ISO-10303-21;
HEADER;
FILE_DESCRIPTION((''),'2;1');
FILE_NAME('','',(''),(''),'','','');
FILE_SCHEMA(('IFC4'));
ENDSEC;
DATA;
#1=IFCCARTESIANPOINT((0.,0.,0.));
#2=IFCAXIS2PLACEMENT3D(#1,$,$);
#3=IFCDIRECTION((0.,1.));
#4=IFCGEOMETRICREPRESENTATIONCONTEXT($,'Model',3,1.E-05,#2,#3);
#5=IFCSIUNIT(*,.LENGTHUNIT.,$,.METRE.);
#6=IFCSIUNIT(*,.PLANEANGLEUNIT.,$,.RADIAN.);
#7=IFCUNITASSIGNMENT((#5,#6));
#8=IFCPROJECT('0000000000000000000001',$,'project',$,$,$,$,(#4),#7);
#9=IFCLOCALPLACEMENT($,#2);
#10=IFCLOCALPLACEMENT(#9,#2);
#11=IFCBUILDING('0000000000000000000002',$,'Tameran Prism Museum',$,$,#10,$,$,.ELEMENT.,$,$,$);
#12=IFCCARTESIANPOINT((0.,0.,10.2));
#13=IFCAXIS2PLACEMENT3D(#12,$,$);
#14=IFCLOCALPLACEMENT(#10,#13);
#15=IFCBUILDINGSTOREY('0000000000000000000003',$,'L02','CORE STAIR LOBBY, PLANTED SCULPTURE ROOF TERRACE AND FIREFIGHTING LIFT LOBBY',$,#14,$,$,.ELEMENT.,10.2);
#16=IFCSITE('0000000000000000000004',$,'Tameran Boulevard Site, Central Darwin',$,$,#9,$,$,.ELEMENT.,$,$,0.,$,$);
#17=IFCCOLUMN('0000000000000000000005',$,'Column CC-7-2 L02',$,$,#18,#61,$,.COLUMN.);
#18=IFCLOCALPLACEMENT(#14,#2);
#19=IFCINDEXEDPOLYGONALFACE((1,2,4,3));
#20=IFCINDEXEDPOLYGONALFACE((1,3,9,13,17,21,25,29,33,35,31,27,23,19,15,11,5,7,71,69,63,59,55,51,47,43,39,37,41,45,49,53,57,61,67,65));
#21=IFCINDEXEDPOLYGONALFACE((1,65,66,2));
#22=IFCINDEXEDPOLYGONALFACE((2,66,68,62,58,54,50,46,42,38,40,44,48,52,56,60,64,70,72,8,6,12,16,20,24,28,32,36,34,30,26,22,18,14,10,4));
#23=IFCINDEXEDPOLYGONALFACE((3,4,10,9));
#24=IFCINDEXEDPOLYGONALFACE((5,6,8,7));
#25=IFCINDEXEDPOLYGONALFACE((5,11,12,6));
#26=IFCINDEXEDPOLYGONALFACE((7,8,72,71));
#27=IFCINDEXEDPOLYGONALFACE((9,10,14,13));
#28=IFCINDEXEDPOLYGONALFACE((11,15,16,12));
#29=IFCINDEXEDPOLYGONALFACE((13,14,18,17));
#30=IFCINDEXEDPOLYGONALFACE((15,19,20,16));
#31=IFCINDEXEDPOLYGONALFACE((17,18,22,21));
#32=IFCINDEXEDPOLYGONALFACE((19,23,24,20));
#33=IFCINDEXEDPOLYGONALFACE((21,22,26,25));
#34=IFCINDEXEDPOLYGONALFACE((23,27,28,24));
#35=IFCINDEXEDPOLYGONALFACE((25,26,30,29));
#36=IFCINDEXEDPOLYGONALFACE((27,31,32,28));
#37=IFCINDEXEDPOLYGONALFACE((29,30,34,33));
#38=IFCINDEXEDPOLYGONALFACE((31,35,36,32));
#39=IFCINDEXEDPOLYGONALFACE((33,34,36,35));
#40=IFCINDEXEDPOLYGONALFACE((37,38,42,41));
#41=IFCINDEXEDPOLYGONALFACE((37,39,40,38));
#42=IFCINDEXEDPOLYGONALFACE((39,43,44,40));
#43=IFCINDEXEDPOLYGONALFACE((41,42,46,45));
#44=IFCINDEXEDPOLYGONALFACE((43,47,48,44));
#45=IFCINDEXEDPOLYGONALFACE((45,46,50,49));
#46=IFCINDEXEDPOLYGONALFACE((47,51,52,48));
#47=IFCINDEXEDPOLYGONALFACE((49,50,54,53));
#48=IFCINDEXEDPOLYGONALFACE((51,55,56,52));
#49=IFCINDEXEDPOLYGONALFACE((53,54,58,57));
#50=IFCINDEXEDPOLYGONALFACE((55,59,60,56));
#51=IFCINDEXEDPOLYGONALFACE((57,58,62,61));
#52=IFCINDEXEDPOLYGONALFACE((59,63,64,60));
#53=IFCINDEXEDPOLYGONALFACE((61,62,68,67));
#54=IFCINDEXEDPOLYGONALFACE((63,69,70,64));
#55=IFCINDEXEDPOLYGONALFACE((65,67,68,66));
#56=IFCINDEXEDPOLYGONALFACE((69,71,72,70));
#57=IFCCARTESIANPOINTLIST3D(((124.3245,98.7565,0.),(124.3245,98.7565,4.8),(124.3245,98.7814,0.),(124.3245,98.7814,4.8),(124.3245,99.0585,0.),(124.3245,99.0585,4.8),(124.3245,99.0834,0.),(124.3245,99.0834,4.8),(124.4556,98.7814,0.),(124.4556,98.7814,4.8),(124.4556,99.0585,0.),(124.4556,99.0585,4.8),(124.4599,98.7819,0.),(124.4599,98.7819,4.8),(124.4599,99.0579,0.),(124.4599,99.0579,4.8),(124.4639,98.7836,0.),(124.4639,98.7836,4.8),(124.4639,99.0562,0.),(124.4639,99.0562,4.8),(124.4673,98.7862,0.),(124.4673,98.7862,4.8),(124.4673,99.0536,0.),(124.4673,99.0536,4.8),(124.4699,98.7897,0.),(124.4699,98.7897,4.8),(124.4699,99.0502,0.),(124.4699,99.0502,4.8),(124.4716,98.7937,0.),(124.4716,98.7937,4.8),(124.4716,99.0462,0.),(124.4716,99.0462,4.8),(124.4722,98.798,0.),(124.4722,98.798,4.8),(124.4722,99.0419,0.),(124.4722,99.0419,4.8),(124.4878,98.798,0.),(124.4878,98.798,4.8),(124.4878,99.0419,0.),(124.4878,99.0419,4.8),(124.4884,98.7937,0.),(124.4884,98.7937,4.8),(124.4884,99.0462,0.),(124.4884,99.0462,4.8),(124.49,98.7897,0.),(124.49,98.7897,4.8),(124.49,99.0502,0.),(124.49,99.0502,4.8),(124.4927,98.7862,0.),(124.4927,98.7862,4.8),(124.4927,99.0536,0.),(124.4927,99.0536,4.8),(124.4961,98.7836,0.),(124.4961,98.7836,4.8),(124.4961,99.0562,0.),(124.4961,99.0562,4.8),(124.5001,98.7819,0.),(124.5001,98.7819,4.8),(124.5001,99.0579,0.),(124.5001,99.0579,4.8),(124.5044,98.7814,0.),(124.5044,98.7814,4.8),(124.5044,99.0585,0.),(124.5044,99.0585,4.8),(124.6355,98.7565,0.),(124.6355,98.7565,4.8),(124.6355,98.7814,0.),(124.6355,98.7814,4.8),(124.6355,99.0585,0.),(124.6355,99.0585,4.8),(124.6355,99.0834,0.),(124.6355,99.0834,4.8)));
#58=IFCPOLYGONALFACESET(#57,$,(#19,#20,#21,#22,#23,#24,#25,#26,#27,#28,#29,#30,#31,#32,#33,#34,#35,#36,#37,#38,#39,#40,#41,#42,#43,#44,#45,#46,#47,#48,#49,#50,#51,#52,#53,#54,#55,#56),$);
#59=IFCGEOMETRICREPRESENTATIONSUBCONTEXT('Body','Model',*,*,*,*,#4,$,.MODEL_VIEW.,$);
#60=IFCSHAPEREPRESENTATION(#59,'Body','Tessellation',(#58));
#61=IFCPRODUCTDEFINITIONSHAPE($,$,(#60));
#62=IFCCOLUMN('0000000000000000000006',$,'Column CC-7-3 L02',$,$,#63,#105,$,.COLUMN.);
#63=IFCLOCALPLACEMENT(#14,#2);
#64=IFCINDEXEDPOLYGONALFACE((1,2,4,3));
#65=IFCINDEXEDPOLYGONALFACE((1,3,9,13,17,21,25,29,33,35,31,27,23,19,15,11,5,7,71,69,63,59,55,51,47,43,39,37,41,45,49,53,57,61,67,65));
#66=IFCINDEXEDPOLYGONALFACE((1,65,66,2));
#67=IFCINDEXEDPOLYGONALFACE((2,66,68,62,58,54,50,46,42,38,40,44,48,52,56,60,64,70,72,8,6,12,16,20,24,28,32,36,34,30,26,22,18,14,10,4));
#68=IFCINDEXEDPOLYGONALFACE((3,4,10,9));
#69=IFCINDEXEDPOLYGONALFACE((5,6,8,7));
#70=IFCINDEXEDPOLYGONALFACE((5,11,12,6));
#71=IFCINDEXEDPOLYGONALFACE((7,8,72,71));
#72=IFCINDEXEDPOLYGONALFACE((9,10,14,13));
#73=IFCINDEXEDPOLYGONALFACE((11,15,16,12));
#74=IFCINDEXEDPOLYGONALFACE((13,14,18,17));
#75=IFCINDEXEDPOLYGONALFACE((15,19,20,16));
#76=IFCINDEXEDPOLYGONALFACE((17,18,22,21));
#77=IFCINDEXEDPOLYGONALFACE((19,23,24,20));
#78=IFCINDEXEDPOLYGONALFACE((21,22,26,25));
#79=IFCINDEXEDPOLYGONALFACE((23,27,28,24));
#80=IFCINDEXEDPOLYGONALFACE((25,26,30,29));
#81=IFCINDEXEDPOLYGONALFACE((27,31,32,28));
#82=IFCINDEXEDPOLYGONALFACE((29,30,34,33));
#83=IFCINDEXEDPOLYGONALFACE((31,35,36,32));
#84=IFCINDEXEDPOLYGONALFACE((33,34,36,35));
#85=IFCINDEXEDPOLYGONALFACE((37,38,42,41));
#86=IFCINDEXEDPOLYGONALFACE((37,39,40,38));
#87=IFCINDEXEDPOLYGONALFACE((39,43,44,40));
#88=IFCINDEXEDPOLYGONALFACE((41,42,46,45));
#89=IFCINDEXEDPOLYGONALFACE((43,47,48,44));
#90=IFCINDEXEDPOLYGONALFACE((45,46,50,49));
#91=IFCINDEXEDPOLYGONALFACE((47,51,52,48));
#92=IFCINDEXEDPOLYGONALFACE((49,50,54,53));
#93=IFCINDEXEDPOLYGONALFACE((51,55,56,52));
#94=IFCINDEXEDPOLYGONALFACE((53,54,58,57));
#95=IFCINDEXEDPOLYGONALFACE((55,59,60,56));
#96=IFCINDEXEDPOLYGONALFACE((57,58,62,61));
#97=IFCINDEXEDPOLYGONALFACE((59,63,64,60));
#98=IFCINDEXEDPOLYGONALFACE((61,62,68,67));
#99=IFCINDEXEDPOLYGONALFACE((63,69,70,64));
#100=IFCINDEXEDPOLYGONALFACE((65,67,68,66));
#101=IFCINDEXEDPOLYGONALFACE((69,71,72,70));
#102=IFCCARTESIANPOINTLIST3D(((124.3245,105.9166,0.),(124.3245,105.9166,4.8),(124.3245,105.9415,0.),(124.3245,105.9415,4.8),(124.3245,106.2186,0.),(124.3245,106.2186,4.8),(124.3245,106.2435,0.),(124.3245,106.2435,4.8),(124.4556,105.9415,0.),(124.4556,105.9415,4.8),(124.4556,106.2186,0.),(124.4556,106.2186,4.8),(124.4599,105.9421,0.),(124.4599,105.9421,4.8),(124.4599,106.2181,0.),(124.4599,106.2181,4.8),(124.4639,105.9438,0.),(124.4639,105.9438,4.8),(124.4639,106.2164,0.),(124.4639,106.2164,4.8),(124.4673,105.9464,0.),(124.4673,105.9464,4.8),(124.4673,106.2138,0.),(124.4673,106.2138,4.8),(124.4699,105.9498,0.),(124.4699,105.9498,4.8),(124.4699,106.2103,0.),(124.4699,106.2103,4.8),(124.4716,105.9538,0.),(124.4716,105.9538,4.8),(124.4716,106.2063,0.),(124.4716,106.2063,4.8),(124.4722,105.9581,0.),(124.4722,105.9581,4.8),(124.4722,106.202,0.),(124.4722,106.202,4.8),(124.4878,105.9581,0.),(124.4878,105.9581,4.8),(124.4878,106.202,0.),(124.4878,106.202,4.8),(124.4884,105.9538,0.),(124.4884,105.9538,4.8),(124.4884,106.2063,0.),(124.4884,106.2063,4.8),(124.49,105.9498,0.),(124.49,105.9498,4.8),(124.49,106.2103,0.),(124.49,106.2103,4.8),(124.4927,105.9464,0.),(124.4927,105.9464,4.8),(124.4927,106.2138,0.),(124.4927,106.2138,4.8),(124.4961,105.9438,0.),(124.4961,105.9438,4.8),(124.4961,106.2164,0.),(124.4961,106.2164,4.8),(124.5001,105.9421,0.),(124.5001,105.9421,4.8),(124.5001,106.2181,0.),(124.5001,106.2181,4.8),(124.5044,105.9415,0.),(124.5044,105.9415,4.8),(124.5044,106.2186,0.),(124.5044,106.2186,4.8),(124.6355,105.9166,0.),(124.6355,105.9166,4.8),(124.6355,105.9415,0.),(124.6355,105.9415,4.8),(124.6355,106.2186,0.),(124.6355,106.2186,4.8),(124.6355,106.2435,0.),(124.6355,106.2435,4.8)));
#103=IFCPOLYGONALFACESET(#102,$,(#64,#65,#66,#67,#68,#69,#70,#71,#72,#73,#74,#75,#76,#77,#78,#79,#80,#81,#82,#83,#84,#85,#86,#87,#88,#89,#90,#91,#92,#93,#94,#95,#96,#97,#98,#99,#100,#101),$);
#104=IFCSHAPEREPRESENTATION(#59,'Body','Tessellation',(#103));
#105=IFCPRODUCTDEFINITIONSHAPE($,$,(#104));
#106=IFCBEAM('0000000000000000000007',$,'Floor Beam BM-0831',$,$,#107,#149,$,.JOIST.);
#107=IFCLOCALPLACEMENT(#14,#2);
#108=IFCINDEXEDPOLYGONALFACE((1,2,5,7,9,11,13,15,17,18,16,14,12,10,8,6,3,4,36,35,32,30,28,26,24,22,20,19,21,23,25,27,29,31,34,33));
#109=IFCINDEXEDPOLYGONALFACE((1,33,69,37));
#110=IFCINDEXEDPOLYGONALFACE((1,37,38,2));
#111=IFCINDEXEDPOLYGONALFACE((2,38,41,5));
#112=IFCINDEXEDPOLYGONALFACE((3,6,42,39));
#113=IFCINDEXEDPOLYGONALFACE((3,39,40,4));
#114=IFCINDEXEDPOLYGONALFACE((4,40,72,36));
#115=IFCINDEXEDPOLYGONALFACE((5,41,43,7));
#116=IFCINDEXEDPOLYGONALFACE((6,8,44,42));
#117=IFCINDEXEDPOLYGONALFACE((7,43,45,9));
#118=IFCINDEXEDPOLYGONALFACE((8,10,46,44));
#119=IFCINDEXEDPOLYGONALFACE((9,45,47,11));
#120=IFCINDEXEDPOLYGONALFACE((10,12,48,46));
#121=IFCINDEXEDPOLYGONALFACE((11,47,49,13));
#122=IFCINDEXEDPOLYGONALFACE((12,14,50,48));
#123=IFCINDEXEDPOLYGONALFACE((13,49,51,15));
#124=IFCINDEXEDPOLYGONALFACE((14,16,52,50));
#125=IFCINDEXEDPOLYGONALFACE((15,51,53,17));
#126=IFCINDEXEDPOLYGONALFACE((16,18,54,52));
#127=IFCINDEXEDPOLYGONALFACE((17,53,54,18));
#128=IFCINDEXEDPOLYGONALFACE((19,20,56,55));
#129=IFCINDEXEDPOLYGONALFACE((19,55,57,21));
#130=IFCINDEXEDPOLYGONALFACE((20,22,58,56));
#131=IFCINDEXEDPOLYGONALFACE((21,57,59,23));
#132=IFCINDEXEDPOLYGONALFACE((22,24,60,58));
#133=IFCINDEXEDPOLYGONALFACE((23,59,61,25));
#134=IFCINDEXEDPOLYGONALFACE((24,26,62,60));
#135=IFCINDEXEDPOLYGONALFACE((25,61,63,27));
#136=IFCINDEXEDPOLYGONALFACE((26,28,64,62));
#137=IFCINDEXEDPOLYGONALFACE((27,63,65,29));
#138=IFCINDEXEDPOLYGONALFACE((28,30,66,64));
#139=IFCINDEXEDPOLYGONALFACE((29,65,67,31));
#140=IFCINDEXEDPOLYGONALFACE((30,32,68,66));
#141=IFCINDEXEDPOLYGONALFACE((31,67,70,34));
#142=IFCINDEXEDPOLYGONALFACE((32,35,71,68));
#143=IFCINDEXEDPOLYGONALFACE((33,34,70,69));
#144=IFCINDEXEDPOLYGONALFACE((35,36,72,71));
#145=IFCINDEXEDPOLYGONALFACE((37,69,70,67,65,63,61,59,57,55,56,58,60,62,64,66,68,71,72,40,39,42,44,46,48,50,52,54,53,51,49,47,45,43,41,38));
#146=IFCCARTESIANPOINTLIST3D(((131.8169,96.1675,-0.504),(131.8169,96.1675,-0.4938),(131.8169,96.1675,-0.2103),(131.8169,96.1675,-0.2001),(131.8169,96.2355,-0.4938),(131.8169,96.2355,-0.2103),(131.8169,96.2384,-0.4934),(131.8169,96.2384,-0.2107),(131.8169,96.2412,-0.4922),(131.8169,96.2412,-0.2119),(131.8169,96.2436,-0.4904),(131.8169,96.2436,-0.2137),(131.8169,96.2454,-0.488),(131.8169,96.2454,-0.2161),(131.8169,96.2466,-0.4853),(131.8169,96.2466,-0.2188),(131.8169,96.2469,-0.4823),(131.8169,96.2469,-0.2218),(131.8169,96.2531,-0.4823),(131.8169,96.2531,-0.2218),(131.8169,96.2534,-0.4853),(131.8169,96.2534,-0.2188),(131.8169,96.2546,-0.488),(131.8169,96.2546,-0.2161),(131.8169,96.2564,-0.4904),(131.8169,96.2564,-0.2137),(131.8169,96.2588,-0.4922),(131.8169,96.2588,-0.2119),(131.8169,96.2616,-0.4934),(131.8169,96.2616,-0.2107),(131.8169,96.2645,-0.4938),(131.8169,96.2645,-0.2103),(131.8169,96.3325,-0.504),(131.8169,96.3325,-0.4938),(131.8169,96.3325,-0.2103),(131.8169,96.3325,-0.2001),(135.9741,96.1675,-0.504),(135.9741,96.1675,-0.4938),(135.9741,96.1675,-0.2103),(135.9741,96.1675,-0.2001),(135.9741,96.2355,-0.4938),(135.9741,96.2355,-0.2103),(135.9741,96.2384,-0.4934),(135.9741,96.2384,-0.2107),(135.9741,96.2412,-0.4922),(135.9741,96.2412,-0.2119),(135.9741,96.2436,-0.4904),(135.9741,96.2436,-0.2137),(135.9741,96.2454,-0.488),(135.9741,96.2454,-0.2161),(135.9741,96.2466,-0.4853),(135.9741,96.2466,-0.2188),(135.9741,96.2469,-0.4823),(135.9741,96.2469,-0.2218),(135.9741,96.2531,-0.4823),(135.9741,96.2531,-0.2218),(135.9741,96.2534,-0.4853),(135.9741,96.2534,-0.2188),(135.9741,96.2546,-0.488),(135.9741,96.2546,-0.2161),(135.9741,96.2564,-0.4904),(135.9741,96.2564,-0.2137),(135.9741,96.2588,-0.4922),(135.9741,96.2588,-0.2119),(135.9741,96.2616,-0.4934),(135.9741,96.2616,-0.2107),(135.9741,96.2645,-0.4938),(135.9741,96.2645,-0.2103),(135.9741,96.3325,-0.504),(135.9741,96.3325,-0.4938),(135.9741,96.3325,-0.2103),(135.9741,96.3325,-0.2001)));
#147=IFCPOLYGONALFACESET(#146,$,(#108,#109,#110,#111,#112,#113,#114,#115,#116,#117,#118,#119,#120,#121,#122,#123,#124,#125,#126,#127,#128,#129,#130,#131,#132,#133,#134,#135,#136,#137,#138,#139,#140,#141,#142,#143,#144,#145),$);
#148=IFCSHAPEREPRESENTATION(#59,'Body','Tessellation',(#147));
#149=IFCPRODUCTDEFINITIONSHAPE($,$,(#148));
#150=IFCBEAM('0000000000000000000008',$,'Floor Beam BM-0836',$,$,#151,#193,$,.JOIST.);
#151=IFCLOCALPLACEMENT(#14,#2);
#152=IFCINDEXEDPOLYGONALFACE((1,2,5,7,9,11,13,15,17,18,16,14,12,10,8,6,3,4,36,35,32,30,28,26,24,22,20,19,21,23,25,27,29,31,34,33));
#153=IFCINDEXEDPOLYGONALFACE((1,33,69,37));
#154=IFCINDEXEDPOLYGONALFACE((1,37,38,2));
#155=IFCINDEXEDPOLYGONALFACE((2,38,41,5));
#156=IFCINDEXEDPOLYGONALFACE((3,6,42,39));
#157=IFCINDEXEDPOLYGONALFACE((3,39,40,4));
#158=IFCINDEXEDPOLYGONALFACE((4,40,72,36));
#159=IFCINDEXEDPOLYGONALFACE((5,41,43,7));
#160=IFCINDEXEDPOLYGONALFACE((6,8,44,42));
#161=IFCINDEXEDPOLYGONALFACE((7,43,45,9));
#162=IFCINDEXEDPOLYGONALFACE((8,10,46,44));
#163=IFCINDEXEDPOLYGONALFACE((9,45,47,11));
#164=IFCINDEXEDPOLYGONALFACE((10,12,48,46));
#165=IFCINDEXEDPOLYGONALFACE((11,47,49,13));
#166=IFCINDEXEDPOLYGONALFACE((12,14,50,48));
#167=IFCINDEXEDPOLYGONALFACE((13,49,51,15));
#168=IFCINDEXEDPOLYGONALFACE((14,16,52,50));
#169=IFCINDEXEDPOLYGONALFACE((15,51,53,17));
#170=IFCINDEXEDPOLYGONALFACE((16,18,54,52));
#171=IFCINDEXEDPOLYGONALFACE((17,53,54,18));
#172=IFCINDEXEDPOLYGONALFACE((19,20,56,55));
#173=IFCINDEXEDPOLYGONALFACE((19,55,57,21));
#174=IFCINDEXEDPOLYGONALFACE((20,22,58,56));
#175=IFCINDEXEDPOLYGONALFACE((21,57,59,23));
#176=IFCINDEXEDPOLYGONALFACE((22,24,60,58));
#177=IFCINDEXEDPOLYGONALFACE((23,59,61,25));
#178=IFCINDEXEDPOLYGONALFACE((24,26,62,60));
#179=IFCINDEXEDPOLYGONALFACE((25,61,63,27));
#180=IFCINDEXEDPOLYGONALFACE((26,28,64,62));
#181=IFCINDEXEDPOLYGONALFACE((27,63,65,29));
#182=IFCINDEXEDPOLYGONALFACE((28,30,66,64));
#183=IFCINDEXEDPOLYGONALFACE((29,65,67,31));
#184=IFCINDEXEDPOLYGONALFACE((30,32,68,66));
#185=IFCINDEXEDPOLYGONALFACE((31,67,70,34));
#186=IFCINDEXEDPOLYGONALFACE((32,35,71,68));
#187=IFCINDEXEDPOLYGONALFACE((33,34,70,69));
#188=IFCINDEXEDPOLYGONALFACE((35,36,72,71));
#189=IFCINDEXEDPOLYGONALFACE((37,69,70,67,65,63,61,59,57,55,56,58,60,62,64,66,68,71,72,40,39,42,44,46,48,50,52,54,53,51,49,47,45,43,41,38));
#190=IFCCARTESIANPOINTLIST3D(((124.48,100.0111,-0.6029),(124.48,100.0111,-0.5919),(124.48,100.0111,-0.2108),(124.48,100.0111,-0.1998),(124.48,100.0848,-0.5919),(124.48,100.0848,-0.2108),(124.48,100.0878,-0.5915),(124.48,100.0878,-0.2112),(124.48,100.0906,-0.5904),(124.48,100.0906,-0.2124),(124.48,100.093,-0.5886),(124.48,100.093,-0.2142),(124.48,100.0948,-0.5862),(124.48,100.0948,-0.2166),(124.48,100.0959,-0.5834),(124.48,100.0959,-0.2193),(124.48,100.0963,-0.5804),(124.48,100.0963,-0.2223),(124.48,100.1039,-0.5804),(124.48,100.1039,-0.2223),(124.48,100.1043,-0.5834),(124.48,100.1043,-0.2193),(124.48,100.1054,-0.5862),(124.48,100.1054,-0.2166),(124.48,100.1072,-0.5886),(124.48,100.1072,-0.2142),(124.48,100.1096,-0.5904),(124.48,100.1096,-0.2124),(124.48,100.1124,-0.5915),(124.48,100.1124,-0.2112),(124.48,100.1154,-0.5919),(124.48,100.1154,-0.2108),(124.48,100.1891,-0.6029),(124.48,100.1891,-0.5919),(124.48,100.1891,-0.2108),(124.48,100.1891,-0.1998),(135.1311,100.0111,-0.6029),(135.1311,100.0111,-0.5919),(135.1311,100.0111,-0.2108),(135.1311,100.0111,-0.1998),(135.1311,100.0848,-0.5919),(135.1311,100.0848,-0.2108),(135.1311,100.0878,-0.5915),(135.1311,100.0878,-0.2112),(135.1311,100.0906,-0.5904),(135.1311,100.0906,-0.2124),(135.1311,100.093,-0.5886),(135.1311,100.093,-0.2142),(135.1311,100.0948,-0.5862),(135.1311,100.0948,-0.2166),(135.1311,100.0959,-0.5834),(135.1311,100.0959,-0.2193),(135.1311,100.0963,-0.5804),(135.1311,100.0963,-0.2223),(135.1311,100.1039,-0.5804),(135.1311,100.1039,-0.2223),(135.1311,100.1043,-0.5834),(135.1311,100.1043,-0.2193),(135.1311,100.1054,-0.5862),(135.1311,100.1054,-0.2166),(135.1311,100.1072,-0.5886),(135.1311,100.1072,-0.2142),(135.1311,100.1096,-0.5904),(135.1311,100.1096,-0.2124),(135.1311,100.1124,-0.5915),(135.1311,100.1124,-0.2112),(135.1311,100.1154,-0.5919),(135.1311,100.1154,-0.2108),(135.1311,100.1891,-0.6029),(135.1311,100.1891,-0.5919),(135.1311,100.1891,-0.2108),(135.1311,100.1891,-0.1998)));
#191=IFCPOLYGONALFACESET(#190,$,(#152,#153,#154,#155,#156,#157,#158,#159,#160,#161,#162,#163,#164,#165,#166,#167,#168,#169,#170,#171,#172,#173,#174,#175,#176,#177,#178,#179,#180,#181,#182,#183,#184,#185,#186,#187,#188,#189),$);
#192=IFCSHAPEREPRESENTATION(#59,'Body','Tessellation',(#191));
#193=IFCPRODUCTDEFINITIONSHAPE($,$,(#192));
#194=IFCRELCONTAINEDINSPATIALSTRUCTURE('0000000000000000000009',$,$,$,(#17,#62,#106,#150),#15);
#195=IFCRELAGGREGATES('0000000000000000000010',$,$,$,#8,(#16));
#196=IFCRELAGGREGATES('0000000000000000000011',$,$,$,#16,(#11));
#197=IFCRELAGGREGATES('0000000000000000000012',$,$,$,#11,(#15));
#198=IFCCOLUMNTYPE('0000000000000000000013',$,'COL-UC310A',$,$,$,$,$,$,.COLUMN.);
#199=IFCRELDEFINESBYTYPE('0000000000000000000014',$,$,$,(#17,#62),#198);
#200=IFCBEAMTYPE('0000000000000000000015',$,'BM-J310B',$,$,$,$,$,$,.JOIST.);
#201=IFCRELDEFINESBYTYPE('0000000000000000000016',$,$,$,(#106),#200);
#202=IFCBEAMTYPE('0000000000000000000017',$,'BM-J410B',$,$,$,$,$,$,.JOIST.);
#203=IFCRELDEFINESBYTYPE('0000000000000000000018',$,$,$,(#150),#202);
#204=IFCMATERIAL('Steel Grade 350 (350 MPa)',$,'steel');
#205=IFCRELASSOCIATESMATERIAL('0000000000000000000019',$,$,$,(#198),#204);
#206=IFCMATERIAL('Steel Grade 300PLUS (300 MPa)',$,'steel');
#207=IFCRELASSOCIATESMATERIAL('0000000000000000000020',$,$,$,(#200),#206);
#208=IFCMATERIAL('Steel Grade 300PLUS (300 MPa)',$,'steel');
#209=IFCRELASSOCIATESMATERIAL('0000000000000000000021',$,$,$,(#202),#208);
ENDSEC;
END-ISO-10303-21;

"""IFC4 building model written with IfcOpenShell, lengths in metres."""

from ifc_helpers import new_model, si_unit, direction, frame, origin, origin_2d, place, context, subcontext, project, spatial, i_section, extrude, material, material_profile, profile_set, type_object, element, save


model = new_model("IFC4")

# Units and contexts
model_context = context("Model", 3, precision=1e-05, world=origin(), true_north=direction((0.0, 1.0)))
body_context = subcontext(model_context, "Body", "Model", "MODEL_VIEW")
ifc_project = project(units=[si_unit("LENGTHUNIT", "METRE"), si_unit("PLANEANGLEUNIT", "RADIAN")], contexts=[model_context])

# Site, building, storey
site_placement = place(None, origin())
site = spatial("IfcSite", under=ifc_project, at=site_placement, Name="Tameran Boulevard Site, Central Darwin", CompositionType="ELEMENT", RefElevation=0.0)
building_placement = place(site_placement, origin())
building = spatial("IfcBuilding", under=site, at=building_placement, Name="Tameran Prism Museum", CompositionType="ELEMENT")
storey_placement = place(building_placement, frame((0.0, 0.0, 10.2)))
storey = spatial("IfcBuildingStorey", under=building, at=storey_placement, Name="L02", Description="CORE STAIR LOBBY, PLANTED SCULPTURE ROOF TERRACE AND FIREFIGHTING LIFT LOBBY", CompositionType="ELEMENT", Elevation=10.2)

# Columns
ifc_material_1 = material(Name="Steel Grade 350 (350 MPa)", Category="steel")
ifc_material_profile_1 = material_profile(ifc_material_1, i_section(OverallWidth=0.311, OverallDepth=0.3269, WebThickness=0.0156, FlangeThickness=0.0249, FilletRadius=0.0166, at=origin_2d()))
ifc_profile_set_1 = profile_set([ifc_material_profile_1])
column_type = type_object("IfcColumnType", Name="COL-UC310A", PredefinedType="COLUMN", material=ifc_profile_set_1)
for number, where, z_axis, x_axis, name in (
    (1, (124.48, 98.9199, 0.0), (0.0, 0.0, 1.0), (1.0, 0.0, 0.0), "Column CC-7-2 L02"),
    (2, (124.48, 106.0801, 0.0), (0.0, 0.0, 1.0), (1.0, 0.0, 0.0), "Column CC-7-3 L02"),
):
    element("IfcColumn", number, at=place(storey_placement, frame(where, z_axis=z_axis, x_axis=x_axis)), inside=storey, type_object=column_type, Name=name, PredefinedType="COLUMN", context=body_context, shape_type="SweptSolid", body=[
        extrude(i_section(OverallWidth=0.311, OverallDepth=0.3269, WebThickness=0.0156, FlangeThickness=0.0249, FilletRadius=0.0166, at=origin_2d()), origin(), (0.0, 0.0, 1.0), 4.8),
    ])

# Beams
ifc_material_2 = material(Name="Steel Grade 300PLUS (300 MPa)", Category="steel")
ifc_material_profile_2 = material_profile(ifc_material_2, i_section(OverallWidth=0.165, OverallDepth=0.304, WebThickness=0.0061, FlangeThickness=0.0103, FilletRadius=0.0115, at=origin_2d()))
ifc_profile_set_2 = profile_set([ifc_material_profile_2])
beam_type_1 = type_object("IfcBeamType", Name="BM-J310B", PredefinedType="JOIST", material=ifc_profile_set_2)
beam_1_placement = place(storey_placement, frame((131.8169, 96.25, -0.3521), z_axis=(1.0, 0.0, 0.0), x_axis=(0.0, 1.0, 0.0)))
element("IfcBeam", 3, at=beam_1_placement, inside=storey, type_object=beam_type_1, Name="Floor Beam BM-0831", PredefinedType="JOIST", context=body_context, shape_type="SweptSolid", body=[
    extrude(i_section(OverallWidth=0.165, OverallDepth=0.304, WebThickness=0.0061, FlangeThickness=0.0103, FilletRadius=0.0115, at=origin_2d()), origin(), (0.0, 0.0, 1.0), 4.1572),
])
ifc_material_3 = material(Name="Steel Grade 300PLUS (300 MPa)", Category="steel")
ifc_material_profile_3 = material_profile(ifc_material_3, i_section(OverallWidth=0.178, OverallDepth=0.4031, WebThickness=0.0076, FlangeThickness=0.011, FilletRadius=0.0115, at=origin_2d()))
ifc_profile_set_3 = profile_set([ifc_material_profile_3])
beam_type_2 = type_object("IfcBeamType", Name="BM-J410B", PredefinedType="JOIST", material=ifc_profile_set_3)
beam_2_placement = place(storey_placement, frame((124.48, 100.1001, -0.4014), z_axis=(1.0, 0.0, 0.0), x_axis=(0.0, 1.0, 0.0)))
element("IfcBeam", 4, at=beam_2_placement, inside=storey, type_object=beam_type_2, Name="Floor Beam BM-0836", PredefinedType="JOIST", context=body_context, shape_type="SweptSolid", body=[
    extrude(i_section(OverallWidth=0.178, OverallDepth=0.4031, WebThickness=0.0076, FlangeThickness=0.011, FilletRadius=0.0115, at=origin_2d()), origin(), (0.0, 0.0, 1.0), 10.6511),
])

save(model, "model.ifc")
